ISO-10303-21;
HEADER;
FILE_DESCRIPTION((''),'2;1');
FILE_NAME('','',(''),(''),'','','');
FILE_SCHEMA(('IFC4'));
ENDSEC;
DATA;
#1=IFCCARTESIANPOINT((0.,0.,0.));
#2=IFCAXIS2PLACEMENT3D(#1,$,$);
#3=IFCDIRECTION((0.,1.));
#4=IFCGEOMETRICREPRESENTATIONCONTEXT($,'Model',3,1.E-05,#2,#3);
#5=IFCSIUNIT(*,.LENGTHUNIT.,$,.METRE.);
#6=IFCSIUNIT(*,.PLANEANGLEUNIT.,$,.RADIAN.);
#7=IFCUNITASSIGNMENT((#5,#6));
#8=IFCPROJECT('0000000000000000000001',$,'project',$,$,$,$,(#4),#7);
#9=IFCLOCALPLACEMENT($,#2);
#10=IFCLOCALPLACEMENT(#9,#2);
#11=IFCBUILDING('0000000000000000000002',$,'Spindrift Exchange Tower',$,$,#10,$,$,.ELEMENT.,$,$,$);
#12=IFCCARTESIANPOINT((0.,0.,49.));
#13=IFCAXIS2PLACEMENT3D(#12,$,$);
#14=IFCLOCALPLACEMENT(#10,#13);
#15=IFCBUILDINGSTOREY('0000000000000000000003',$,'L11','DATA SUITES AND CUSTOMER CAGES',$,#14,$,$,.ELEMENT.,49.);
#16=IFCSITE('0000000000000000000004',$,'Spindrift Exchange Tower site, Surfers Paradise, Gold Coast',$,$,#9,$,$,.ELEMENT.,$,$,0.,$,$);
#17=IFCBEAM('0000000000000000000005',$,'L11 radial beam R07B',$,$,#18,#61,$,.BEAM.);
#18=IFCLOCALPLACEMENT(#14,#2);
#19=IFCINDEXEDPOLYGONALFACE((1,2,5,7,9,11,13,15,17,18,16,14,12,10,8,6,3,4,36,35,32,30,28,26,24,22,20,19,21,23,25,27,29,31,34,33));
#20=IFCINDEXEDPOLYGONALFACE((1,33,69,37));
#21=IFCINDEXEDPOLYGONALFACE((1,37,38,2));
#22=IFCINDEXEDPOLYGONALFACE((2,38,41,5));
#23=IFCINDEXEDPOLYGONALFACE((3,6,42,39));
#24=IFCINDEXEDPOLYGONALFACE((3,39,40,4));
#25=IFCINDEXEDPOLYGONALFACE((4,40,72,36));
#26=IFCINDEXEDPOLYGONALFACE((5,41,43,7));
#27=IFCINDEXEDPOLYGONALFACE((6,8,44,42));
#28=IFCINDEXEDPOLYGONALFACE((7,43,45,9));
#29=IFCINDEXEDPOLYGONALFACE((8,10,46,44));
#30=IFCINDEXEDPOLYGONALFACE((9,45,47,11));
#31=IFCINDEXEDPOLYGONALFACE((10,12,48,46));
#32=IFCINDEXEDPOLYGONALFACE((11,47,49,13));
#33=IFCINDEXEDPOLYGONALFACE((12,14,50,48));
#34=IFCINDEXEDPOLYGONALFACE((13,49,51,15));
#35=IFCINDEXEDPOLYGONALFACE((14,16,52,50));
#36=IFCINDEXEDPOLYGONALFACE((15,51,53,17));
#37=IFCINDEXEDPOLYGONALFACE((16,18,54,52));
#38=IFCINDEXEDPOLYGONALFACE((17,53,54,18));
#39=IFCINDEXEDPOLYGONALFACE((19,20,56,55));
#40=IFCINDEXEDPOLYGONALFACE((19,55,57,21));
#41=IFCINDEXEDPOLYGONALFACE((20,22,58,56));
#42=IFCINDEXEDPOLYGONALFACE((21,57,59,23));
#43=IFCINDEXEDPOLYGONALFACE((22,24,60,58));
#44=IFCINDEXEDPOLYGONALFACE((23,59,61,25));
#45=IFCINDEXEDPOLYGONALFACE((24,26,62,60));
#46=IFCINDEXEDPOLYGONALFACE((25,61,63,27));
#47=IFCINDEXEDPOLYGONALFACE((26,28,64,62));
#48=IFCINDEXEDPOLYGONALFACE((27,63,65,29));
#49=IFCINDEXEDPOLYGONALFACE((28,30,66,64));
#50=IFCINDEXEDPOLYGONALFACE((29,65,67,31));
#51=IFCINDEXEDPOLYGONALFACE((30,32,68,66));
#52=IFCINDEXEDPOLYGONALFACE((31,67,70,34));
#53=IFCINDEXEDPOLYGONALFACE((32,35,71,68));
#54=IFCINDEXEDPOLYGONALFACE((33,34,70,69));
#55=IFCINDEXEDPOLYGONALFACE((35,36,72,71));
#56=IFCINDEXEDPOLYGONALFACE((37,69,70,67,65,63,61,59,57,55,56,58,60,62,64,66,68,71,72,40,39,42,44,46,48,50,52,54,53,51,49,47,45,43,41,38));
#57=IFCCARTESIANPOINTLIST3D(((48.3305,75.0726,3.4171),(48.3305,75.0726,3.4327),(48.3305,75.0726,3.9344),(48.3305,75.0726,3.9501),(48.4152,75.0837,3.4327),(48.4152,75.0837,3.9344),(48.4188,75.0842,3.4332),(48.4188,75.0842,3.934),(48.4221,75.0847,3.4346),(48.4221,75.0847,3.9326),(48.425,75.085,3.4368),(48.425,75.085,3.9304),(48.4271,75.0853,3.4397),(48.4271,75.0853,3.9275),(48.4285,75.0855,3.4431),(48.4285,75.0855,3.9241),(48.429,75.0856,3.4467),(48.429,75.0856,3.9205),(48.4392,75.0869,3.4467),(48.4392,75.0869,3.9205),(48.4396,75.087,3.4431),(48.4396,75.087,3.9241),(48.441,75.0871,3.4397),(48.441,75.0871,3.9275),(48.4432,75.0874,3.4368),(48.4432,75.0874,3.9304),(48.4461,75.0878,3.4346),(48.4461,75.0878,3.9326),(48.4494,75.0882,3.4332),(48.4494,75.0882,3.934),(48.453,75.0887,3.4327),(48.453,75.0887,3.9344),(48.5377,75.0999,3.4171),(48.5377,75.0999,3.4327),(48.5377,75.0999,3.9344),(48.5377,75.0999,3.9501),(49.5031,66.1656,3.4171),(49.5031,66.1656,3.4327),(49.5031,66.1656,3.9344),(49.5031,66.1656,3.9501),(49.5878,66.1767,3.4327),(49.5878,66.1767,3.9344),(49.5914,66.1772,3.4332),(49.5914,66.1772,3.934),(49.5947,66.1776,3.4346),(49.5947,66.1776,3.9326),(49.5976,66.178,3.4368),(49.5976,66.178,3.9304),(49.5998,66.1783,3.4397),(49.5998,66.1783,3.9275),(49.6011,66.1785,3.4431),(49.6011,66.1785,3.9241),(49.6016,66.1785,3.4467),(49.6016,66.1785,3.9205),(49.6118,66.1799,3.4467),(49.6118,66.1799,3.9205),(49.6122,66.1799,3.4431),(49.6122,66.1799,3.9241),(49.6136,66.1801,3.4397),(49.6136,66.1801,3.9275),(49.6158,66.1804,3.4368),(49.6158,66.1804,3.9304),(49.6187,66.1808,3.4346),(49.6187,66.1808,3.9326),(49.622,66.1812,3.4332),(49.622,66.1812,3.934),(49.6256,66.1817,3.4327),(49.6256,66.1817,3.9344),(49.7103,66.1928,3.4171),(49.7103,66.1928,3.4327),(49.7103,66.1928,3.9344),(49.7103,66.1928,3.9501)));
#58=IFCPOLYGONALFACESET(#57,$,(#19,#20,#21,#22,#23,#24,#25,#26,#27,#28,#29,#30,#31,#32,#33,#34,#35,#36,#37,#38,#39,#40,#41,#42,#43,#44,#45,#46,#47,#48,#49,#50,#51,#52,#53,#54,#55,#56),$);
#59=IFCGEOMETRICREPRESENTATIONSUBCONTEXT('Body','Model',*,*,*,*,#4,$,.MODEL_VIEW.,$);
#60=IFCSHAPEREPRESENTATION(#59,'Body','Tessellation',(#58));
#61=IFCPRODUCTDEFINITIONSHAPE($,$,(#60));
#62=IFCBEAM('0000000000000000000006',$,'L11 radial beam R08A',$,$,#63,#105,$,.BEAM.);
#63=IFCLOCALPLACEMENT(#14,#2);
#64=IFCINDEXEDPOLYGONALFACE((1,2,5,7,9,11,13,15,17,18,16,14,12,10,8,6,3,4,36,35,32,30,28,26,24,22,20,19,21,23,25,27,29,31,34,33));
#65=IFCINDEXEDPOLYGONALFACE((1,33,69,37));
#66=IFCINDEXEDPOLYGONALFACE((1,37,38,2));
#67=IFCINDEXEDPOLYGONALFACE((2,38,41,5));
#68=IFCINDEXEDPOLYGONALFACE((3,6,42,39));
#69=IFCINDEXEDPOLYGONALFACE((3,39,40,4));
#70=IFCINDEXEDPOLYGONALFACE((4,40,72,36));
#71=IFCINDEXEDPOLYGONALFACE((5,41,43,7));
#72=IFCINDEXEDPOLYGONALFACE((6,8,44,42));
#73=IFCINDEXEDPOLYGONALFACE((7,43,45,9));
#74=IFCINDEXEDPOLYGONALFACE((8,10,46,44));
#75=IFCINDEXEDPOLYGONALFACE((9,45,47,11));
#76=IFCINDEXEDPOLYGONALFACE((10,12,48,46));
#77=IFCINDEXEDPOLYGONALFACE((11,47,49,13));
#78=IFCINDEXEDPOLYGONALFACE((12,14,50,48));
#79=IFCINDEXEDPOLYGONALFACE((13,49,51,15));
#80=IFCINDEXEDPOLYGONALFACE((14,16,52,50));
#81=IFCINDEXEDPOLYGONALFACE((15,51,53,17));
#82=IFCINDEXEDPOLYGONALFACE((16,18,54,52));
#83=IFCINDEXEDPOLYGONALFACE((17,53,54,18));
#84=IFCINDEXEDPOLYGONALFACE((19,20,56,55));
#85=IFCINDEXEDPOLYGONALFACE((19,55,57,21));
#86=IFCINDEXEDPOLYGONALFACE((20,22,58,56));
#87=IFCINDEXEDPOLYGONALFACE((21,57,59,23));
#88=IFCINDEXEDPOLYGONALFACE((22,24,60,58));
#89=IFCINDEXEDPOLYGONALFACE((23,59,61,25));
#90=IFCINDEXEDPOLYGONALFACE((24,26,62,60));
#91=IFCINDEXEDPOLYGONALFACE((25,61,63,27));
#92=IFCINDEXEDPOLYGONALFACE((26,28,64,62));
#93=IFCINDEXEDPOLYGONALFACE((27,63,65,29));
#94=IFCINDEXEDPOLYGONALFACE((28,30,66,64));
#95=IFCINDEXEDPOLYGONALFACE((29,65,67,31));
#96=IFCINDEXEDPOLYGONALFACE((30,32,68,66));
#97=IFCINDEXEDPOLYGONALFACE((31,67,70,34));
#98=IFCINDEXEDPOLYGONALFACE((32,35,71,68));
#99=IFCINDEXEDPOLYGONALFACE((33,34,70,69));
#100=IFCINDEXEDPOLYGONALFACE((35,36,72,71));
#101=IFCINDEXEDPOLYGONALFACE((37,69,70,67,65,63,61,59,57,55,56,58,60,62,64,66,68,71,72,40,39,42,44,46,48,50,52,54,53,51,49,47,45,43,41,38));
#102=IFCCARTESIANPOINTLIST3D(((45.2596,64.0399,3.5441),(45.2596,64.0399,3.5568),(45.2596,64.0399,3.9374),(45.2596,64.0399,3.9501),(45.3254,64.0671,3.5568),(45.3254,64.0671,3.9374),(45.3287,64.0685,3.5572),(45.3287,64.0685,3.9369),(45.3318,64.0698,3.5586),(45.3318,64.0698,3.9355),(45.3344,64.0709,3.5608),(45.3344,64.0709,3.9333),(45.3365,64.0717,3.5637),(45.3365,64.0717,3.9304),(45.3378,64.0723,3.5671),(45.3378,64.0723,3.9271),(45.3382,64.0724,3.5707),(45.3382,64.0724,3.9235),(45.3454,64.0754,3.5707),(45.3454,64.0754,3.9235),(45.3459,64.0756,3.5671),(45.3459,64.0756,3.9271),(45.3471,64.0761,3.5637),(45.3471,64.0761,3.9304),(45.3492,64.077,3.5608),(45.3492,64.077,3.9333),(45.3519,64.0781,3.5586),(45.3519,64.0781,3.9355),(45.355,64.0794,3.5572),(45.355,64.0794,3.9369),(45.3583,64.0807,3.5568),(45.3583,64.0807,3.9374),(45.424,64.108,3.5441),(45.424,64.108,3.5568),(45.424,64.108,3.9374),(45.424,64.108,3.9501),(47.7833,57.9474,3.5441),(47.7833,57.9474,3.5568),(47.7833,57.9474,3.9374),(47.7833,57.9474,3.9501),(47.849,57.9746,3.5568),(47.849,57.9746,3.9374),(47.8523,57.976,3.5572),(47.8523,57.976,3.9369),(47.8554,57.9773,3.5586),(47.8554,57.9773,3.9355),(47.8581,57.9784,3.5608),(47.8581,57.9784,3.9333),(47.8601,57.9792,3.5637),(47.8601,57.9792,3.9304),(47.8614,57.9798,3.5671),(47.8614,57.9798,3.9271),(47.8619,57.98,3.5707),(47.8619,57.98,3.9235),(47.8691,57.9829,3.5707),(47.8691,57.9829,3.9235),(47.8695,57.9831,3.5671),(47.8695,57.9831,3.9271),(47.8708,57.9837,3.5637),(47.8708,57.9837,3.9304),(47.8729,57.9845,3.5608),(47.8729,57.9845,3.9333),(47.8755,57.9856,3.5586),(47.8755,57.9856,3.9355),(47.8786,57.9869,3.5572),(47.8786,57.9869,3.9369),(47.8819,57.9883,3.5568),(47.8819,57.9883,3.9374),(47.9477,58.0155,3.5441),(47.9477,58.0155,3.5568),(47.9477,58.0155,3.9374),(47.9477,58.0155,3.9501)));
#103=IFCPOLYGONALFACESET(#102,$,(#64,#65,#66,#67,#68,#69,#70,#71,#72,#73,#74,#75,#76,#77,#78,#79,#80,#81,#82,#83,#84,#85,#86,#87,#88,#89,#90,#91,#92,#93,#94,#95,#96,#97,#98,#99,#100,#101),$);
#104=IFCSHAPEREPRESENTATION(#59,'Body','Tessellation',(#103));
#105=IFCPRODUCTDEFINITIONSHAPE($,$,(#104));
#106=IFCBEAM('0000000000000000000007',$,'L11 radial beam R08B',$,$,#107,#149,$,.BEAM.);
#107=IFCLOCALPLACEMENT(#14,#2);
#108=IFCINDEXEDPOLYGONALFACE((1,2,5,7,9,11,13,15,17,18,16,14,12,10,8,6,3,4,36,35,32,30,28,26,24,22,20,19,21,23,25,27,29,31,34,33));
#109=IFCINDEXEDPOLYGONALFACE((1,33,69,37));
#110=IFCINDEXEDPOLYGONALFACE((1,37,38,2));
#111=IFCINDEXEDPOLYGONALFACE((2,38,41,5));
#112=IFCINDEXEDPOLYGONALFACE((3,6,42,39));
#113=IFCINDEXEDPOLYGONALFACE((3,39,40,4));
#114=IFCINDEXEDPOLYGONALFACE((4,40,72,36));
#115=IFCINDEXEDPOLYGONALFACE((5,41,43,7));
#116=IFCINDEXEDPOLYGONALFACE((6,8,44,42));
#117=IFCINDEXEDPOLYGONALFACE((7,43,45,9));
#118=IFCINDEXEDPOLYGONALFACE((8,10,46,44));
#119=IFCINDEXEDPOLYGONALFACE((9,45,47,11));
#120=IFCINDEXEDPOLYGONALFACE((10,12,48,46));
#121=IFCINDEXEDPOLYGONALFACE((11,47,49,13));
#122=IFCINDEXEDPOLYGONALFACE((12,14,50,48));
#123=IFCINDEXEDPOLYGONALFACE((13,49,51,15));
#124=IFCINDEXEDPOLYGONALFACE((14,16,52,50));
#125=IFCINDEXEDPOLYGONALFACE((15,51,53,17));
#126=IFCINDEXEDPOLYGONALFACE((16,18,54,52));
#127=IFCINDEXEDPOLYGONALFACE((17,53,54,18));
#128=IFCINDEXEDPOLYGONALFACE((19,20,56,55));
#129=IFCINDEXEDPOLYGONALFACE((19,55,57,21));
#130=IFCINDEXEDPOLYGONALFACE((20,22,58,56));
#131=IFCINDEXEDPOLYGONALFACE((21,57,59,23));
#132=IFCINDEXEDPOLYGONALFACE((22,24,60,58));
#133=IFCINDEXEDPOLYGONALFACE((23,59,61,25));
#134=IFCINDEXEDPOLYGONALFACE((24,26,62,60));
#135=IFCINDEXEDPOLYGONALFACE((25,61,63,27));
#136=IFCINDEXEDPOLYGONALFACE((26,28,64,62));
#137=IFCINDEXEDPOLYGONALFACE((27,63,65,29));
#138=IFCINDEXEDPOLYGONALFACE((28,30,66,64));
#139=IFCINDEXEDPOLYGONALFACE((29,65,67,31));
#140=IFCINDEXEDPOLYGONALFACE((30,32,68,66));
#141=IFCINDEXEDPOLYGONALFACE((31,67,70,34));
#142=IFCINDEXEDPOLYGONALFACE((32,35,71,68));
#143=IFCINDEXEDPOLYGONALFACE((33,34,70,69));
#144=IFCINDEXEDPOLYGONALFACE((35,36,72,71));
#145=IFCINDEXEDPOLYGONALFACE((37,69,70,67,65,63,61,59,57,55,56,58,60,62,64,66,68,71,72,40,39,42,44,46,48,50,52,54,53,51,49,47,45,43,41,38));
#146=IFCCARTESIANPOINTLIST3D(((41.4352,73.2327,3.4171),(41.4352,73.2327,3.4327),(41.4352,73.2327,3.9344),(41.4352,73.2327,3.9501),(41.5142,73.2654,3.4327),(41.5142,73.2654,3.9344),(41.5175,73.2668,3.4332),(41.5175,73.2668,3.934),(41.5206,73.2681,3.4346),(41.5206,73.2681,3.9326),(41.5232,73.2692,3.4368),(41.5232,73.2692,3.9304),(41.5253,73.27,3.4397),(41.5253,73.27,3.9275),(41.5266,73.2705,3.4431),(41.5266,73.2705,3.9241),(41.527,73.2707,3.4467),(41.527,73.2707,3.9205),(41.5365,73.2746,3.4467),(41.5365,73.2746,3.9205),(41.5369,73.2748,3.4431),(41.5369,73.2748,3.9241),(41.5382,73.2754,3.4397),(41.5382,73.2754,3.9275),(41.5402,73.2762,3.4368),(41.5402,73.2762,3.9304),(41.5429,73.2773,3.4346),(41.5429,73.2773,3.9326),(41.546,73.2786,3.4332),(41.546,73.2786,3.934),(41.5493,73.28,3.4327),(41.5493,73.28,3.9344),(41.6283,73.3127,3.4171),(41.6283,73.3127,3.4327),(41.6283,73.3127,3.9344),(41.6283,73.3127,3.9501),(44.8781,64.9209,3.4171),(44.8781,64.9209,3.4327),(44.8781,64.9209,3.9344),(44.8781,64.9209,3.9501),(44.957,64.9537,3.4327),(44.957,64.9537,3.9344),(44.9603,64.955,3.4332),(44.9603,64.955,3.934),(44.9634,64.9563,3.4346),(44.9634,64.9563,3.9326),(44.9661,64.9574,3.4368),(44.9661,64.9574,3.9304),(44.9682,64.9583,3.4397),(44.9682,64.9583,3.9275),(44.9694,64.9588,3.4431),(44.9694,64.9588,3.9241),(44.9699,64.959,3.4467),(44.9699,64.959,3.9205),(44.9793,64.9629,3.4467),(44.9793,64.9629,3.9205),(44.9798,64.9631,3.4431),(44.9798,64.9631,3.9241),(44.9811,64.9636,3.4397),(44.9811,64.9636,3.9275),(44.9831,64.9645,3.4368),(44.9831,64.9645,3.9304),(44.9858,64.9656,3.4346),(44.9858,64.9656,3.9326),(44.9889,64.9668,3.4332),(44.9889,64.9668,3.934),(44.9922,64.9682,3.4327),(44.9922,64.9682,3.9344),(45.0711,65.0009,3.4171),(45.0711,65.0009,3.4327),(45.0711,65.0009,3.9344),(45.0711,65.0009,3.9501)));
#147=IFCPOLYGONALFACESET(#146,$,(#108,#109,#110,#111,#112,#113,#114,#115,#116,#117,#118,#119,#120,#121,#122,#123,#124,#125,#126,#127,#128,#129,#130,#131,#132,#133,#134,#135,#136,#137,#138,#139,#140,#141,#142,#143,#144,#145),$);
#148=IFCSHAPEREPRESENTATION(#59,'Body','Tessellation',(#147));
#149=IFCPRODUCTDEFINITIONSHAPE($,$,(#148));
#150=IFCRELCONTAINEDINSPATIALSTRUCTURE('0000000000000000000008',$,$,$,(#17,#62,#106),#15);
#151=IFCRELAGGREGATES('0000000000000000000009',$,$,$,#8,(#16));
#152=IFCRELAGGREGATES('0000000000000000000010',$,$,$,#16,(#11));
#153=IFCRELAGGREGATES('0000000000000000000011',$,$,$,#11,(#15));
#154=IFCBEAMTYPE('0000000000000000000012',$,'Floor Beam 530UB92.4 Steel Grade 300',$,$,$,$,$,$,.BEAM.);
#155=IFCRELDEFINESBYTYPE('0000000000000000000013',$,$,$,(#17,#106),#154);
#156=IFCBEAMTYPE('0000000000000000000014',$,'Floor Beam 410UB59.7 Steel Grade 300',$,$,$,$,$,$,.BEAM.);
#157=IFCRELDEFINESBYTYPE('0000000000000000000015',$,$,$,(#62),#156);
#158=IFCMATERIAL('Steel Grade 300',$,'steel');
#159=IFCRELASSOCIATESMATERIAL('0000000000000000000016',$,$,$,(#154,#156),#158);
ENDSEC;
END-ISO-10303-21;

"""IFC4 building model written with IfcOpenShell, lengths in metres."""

from ifc_helpers import new_model, si_unit, direction, frame, origin, origin_2d, place, context, subcontext, project, spatial, i_section, extrude, source, transform, mapped, material, material_profile, profile_set, type_object, element, save


model = new_model("IFC4")

# Units and contexts
model_context = context("Model", 3, precision=1e-05, world=origin(), true_north=direction((0.0, 1.0)))
body_context = subcontext(model_context, "Body", "Model", "MODEL_VIEW")
ifc_project = project(units=[si_unit("LENGTHUNIT", "METRE"), si_unit("PLANEANGLEUNIT", "RADIAN")], contexts=[model_context])

# Site, building, storey
site_placement = place(None, origin())
site = spatial("IfcSite", under=ifc_project, at=site_placement, Name="Spindrift Exchange Tower site, Surfers Paradise, Gold Coast", CompositionType="ELEMENT", RefElevation=0.0)
building_placement = place(site_placement, origin())
building = spatial("IfcBuilding", under=site, at=building_placement, Name="Spindrift Exchange Tower", CompositionType="ELEMENT")
storey_placement = place(building_placement, frame((0.0, 0.0, 49.0)))
storey = spatial("IfcBuildingStorey", under=building, at=storey_placement, Name="L11", Description="DATA SUITES AND CUSTOMER CAGES", CompositionType="ELEMENT", Elevation=49.0)

# Beams
ifc_material_1 = material(Name="Steel Grade 300", Category="steel")
ifc_material_profile_1 = material_profile(ifc_material_1, i_section(OverallWidth=0.209, OverallDepth=0.533, WebThickness=0.0103, FlangeThickness=0.0156, FilletRadius=0.0139, at=origin_2d()), Name="530UB92.4")
ifc_profile_set_1 = profile_set([ifc_material_profile_1], Name="Steel Grade 300")
beam_type_1 = type_object("IfcBeamType", Name="Floor Beam 530UB92.4 Steel Grade 300", PredefinedType="BEAM", material=ifc_profile_set_1)
shared_shape_1 = source(origin(), body_context, "Body", "SweptSolid", [
    extrude(i_section(OverallWidth=0.209, OverallDepth=0.533, WebThickness=0.0103, FlangeThickness=0.0156, FilletRadius=0.0139, at=origin_2d()), origin(), (0.0, 0.0, 1.0), 8.9839),
])
beam_1_placement = place(storey_placement, frame((49.6067, 66.1792, 3.6836), z_axis=(-0.130524, 0.991445, 0.0), x_axis=(-0.991445, -0.130524, 0.0)))
element("IfcBeam", 1, at=beam_1_placement, inside=storey, type_object=beam_type_1, Name="L11 radial beam R07B", PredefinedType="BEAM", context=body_context, shape_type="MappedRepresentation", body=[
    mapped(shared_shape_1, transform((0.0, 0.0, 0.0), scale=1.0)),
])
ifc_material_profile_2 = material_profile(ifc_material_1, i_section(OverallWidth=0.178, OverallDepth=0.406, WebThickness=0.0078, FlangeThickness=0.0127, FilletRadius=0.0139, at=origin_2d()), Name="410UB59.7")
ifc_profile_set_2 = profile_set([ifc_material_profile_2], Name="Steel Grade 300")
beam_type_2 = type_object("IfcBeamType", Name="Floor Beam 410UB59.7 Steel Grade 300", PredefinedType="BEAM", material=ifc_profile_set_2)
shared_shape_2 = source(origin(), body_context, "Body", "SweptSolid", [
    extrude(i_section(OverallWidth=0.178, OverallDepth=0.406, WebThickness=0.0078, FlangeThickness=0.0127, FilletRadius=0.0139, at=origin_2d()), origin(), (0.0, 0.0, 1.0), 6.5945),
])
beam_2_placement = place(storey_placement, frame((47.8655, 57.9814, 3.7471), z_axis=(-0.382693, 0.923876, 0.0), x_axis=(-0.923876, -0.382693, 0.0)))
element("IfcBeam", 2, at=beam_2_placement, inside=storey, type_object=beam_type_2, Name="L11 radial beam R08A", PredefinedType="BEAM", context=body_context, shape_type="MappedRepresentation", body=[
    mapped(shared_shape_2, transform((0.0, 0.0, 0.0), scale=1.0)),
])
shared_shape_3 = source(origin(), body_context, "Body", "SweptSolid", [
    extrude(i_section(OverallWidth=0.209, OverallDepth=0.533, WebThickness=0.0103, FlangeThickness=0.0156, FilletRadius=0.0139, at=origin_2d()), origin(), (0.0, 0.0, 1.0), 8.9966),
])
beam_3_placement = place(storey_placement, frame((44.9746, 64.9609, 3.6836), z_axis=(-0.382686, 0.923879, 0.0), x_axis=(-0.923879, -0.382686, 0.0)))
element("IfcBeam", 3, at=beam_3_placement, inside=storey, type_object=beam_type_1, Name="L11 radial beam R08B", PredefinedType="BEAM", context=body_context, shape_type="MappedRepresentation", body=[
    mapped(shared_shape_3, transform((0.0, 0.0, 0.0), scale=1.0)),
])

save(model, "model.ifc")
